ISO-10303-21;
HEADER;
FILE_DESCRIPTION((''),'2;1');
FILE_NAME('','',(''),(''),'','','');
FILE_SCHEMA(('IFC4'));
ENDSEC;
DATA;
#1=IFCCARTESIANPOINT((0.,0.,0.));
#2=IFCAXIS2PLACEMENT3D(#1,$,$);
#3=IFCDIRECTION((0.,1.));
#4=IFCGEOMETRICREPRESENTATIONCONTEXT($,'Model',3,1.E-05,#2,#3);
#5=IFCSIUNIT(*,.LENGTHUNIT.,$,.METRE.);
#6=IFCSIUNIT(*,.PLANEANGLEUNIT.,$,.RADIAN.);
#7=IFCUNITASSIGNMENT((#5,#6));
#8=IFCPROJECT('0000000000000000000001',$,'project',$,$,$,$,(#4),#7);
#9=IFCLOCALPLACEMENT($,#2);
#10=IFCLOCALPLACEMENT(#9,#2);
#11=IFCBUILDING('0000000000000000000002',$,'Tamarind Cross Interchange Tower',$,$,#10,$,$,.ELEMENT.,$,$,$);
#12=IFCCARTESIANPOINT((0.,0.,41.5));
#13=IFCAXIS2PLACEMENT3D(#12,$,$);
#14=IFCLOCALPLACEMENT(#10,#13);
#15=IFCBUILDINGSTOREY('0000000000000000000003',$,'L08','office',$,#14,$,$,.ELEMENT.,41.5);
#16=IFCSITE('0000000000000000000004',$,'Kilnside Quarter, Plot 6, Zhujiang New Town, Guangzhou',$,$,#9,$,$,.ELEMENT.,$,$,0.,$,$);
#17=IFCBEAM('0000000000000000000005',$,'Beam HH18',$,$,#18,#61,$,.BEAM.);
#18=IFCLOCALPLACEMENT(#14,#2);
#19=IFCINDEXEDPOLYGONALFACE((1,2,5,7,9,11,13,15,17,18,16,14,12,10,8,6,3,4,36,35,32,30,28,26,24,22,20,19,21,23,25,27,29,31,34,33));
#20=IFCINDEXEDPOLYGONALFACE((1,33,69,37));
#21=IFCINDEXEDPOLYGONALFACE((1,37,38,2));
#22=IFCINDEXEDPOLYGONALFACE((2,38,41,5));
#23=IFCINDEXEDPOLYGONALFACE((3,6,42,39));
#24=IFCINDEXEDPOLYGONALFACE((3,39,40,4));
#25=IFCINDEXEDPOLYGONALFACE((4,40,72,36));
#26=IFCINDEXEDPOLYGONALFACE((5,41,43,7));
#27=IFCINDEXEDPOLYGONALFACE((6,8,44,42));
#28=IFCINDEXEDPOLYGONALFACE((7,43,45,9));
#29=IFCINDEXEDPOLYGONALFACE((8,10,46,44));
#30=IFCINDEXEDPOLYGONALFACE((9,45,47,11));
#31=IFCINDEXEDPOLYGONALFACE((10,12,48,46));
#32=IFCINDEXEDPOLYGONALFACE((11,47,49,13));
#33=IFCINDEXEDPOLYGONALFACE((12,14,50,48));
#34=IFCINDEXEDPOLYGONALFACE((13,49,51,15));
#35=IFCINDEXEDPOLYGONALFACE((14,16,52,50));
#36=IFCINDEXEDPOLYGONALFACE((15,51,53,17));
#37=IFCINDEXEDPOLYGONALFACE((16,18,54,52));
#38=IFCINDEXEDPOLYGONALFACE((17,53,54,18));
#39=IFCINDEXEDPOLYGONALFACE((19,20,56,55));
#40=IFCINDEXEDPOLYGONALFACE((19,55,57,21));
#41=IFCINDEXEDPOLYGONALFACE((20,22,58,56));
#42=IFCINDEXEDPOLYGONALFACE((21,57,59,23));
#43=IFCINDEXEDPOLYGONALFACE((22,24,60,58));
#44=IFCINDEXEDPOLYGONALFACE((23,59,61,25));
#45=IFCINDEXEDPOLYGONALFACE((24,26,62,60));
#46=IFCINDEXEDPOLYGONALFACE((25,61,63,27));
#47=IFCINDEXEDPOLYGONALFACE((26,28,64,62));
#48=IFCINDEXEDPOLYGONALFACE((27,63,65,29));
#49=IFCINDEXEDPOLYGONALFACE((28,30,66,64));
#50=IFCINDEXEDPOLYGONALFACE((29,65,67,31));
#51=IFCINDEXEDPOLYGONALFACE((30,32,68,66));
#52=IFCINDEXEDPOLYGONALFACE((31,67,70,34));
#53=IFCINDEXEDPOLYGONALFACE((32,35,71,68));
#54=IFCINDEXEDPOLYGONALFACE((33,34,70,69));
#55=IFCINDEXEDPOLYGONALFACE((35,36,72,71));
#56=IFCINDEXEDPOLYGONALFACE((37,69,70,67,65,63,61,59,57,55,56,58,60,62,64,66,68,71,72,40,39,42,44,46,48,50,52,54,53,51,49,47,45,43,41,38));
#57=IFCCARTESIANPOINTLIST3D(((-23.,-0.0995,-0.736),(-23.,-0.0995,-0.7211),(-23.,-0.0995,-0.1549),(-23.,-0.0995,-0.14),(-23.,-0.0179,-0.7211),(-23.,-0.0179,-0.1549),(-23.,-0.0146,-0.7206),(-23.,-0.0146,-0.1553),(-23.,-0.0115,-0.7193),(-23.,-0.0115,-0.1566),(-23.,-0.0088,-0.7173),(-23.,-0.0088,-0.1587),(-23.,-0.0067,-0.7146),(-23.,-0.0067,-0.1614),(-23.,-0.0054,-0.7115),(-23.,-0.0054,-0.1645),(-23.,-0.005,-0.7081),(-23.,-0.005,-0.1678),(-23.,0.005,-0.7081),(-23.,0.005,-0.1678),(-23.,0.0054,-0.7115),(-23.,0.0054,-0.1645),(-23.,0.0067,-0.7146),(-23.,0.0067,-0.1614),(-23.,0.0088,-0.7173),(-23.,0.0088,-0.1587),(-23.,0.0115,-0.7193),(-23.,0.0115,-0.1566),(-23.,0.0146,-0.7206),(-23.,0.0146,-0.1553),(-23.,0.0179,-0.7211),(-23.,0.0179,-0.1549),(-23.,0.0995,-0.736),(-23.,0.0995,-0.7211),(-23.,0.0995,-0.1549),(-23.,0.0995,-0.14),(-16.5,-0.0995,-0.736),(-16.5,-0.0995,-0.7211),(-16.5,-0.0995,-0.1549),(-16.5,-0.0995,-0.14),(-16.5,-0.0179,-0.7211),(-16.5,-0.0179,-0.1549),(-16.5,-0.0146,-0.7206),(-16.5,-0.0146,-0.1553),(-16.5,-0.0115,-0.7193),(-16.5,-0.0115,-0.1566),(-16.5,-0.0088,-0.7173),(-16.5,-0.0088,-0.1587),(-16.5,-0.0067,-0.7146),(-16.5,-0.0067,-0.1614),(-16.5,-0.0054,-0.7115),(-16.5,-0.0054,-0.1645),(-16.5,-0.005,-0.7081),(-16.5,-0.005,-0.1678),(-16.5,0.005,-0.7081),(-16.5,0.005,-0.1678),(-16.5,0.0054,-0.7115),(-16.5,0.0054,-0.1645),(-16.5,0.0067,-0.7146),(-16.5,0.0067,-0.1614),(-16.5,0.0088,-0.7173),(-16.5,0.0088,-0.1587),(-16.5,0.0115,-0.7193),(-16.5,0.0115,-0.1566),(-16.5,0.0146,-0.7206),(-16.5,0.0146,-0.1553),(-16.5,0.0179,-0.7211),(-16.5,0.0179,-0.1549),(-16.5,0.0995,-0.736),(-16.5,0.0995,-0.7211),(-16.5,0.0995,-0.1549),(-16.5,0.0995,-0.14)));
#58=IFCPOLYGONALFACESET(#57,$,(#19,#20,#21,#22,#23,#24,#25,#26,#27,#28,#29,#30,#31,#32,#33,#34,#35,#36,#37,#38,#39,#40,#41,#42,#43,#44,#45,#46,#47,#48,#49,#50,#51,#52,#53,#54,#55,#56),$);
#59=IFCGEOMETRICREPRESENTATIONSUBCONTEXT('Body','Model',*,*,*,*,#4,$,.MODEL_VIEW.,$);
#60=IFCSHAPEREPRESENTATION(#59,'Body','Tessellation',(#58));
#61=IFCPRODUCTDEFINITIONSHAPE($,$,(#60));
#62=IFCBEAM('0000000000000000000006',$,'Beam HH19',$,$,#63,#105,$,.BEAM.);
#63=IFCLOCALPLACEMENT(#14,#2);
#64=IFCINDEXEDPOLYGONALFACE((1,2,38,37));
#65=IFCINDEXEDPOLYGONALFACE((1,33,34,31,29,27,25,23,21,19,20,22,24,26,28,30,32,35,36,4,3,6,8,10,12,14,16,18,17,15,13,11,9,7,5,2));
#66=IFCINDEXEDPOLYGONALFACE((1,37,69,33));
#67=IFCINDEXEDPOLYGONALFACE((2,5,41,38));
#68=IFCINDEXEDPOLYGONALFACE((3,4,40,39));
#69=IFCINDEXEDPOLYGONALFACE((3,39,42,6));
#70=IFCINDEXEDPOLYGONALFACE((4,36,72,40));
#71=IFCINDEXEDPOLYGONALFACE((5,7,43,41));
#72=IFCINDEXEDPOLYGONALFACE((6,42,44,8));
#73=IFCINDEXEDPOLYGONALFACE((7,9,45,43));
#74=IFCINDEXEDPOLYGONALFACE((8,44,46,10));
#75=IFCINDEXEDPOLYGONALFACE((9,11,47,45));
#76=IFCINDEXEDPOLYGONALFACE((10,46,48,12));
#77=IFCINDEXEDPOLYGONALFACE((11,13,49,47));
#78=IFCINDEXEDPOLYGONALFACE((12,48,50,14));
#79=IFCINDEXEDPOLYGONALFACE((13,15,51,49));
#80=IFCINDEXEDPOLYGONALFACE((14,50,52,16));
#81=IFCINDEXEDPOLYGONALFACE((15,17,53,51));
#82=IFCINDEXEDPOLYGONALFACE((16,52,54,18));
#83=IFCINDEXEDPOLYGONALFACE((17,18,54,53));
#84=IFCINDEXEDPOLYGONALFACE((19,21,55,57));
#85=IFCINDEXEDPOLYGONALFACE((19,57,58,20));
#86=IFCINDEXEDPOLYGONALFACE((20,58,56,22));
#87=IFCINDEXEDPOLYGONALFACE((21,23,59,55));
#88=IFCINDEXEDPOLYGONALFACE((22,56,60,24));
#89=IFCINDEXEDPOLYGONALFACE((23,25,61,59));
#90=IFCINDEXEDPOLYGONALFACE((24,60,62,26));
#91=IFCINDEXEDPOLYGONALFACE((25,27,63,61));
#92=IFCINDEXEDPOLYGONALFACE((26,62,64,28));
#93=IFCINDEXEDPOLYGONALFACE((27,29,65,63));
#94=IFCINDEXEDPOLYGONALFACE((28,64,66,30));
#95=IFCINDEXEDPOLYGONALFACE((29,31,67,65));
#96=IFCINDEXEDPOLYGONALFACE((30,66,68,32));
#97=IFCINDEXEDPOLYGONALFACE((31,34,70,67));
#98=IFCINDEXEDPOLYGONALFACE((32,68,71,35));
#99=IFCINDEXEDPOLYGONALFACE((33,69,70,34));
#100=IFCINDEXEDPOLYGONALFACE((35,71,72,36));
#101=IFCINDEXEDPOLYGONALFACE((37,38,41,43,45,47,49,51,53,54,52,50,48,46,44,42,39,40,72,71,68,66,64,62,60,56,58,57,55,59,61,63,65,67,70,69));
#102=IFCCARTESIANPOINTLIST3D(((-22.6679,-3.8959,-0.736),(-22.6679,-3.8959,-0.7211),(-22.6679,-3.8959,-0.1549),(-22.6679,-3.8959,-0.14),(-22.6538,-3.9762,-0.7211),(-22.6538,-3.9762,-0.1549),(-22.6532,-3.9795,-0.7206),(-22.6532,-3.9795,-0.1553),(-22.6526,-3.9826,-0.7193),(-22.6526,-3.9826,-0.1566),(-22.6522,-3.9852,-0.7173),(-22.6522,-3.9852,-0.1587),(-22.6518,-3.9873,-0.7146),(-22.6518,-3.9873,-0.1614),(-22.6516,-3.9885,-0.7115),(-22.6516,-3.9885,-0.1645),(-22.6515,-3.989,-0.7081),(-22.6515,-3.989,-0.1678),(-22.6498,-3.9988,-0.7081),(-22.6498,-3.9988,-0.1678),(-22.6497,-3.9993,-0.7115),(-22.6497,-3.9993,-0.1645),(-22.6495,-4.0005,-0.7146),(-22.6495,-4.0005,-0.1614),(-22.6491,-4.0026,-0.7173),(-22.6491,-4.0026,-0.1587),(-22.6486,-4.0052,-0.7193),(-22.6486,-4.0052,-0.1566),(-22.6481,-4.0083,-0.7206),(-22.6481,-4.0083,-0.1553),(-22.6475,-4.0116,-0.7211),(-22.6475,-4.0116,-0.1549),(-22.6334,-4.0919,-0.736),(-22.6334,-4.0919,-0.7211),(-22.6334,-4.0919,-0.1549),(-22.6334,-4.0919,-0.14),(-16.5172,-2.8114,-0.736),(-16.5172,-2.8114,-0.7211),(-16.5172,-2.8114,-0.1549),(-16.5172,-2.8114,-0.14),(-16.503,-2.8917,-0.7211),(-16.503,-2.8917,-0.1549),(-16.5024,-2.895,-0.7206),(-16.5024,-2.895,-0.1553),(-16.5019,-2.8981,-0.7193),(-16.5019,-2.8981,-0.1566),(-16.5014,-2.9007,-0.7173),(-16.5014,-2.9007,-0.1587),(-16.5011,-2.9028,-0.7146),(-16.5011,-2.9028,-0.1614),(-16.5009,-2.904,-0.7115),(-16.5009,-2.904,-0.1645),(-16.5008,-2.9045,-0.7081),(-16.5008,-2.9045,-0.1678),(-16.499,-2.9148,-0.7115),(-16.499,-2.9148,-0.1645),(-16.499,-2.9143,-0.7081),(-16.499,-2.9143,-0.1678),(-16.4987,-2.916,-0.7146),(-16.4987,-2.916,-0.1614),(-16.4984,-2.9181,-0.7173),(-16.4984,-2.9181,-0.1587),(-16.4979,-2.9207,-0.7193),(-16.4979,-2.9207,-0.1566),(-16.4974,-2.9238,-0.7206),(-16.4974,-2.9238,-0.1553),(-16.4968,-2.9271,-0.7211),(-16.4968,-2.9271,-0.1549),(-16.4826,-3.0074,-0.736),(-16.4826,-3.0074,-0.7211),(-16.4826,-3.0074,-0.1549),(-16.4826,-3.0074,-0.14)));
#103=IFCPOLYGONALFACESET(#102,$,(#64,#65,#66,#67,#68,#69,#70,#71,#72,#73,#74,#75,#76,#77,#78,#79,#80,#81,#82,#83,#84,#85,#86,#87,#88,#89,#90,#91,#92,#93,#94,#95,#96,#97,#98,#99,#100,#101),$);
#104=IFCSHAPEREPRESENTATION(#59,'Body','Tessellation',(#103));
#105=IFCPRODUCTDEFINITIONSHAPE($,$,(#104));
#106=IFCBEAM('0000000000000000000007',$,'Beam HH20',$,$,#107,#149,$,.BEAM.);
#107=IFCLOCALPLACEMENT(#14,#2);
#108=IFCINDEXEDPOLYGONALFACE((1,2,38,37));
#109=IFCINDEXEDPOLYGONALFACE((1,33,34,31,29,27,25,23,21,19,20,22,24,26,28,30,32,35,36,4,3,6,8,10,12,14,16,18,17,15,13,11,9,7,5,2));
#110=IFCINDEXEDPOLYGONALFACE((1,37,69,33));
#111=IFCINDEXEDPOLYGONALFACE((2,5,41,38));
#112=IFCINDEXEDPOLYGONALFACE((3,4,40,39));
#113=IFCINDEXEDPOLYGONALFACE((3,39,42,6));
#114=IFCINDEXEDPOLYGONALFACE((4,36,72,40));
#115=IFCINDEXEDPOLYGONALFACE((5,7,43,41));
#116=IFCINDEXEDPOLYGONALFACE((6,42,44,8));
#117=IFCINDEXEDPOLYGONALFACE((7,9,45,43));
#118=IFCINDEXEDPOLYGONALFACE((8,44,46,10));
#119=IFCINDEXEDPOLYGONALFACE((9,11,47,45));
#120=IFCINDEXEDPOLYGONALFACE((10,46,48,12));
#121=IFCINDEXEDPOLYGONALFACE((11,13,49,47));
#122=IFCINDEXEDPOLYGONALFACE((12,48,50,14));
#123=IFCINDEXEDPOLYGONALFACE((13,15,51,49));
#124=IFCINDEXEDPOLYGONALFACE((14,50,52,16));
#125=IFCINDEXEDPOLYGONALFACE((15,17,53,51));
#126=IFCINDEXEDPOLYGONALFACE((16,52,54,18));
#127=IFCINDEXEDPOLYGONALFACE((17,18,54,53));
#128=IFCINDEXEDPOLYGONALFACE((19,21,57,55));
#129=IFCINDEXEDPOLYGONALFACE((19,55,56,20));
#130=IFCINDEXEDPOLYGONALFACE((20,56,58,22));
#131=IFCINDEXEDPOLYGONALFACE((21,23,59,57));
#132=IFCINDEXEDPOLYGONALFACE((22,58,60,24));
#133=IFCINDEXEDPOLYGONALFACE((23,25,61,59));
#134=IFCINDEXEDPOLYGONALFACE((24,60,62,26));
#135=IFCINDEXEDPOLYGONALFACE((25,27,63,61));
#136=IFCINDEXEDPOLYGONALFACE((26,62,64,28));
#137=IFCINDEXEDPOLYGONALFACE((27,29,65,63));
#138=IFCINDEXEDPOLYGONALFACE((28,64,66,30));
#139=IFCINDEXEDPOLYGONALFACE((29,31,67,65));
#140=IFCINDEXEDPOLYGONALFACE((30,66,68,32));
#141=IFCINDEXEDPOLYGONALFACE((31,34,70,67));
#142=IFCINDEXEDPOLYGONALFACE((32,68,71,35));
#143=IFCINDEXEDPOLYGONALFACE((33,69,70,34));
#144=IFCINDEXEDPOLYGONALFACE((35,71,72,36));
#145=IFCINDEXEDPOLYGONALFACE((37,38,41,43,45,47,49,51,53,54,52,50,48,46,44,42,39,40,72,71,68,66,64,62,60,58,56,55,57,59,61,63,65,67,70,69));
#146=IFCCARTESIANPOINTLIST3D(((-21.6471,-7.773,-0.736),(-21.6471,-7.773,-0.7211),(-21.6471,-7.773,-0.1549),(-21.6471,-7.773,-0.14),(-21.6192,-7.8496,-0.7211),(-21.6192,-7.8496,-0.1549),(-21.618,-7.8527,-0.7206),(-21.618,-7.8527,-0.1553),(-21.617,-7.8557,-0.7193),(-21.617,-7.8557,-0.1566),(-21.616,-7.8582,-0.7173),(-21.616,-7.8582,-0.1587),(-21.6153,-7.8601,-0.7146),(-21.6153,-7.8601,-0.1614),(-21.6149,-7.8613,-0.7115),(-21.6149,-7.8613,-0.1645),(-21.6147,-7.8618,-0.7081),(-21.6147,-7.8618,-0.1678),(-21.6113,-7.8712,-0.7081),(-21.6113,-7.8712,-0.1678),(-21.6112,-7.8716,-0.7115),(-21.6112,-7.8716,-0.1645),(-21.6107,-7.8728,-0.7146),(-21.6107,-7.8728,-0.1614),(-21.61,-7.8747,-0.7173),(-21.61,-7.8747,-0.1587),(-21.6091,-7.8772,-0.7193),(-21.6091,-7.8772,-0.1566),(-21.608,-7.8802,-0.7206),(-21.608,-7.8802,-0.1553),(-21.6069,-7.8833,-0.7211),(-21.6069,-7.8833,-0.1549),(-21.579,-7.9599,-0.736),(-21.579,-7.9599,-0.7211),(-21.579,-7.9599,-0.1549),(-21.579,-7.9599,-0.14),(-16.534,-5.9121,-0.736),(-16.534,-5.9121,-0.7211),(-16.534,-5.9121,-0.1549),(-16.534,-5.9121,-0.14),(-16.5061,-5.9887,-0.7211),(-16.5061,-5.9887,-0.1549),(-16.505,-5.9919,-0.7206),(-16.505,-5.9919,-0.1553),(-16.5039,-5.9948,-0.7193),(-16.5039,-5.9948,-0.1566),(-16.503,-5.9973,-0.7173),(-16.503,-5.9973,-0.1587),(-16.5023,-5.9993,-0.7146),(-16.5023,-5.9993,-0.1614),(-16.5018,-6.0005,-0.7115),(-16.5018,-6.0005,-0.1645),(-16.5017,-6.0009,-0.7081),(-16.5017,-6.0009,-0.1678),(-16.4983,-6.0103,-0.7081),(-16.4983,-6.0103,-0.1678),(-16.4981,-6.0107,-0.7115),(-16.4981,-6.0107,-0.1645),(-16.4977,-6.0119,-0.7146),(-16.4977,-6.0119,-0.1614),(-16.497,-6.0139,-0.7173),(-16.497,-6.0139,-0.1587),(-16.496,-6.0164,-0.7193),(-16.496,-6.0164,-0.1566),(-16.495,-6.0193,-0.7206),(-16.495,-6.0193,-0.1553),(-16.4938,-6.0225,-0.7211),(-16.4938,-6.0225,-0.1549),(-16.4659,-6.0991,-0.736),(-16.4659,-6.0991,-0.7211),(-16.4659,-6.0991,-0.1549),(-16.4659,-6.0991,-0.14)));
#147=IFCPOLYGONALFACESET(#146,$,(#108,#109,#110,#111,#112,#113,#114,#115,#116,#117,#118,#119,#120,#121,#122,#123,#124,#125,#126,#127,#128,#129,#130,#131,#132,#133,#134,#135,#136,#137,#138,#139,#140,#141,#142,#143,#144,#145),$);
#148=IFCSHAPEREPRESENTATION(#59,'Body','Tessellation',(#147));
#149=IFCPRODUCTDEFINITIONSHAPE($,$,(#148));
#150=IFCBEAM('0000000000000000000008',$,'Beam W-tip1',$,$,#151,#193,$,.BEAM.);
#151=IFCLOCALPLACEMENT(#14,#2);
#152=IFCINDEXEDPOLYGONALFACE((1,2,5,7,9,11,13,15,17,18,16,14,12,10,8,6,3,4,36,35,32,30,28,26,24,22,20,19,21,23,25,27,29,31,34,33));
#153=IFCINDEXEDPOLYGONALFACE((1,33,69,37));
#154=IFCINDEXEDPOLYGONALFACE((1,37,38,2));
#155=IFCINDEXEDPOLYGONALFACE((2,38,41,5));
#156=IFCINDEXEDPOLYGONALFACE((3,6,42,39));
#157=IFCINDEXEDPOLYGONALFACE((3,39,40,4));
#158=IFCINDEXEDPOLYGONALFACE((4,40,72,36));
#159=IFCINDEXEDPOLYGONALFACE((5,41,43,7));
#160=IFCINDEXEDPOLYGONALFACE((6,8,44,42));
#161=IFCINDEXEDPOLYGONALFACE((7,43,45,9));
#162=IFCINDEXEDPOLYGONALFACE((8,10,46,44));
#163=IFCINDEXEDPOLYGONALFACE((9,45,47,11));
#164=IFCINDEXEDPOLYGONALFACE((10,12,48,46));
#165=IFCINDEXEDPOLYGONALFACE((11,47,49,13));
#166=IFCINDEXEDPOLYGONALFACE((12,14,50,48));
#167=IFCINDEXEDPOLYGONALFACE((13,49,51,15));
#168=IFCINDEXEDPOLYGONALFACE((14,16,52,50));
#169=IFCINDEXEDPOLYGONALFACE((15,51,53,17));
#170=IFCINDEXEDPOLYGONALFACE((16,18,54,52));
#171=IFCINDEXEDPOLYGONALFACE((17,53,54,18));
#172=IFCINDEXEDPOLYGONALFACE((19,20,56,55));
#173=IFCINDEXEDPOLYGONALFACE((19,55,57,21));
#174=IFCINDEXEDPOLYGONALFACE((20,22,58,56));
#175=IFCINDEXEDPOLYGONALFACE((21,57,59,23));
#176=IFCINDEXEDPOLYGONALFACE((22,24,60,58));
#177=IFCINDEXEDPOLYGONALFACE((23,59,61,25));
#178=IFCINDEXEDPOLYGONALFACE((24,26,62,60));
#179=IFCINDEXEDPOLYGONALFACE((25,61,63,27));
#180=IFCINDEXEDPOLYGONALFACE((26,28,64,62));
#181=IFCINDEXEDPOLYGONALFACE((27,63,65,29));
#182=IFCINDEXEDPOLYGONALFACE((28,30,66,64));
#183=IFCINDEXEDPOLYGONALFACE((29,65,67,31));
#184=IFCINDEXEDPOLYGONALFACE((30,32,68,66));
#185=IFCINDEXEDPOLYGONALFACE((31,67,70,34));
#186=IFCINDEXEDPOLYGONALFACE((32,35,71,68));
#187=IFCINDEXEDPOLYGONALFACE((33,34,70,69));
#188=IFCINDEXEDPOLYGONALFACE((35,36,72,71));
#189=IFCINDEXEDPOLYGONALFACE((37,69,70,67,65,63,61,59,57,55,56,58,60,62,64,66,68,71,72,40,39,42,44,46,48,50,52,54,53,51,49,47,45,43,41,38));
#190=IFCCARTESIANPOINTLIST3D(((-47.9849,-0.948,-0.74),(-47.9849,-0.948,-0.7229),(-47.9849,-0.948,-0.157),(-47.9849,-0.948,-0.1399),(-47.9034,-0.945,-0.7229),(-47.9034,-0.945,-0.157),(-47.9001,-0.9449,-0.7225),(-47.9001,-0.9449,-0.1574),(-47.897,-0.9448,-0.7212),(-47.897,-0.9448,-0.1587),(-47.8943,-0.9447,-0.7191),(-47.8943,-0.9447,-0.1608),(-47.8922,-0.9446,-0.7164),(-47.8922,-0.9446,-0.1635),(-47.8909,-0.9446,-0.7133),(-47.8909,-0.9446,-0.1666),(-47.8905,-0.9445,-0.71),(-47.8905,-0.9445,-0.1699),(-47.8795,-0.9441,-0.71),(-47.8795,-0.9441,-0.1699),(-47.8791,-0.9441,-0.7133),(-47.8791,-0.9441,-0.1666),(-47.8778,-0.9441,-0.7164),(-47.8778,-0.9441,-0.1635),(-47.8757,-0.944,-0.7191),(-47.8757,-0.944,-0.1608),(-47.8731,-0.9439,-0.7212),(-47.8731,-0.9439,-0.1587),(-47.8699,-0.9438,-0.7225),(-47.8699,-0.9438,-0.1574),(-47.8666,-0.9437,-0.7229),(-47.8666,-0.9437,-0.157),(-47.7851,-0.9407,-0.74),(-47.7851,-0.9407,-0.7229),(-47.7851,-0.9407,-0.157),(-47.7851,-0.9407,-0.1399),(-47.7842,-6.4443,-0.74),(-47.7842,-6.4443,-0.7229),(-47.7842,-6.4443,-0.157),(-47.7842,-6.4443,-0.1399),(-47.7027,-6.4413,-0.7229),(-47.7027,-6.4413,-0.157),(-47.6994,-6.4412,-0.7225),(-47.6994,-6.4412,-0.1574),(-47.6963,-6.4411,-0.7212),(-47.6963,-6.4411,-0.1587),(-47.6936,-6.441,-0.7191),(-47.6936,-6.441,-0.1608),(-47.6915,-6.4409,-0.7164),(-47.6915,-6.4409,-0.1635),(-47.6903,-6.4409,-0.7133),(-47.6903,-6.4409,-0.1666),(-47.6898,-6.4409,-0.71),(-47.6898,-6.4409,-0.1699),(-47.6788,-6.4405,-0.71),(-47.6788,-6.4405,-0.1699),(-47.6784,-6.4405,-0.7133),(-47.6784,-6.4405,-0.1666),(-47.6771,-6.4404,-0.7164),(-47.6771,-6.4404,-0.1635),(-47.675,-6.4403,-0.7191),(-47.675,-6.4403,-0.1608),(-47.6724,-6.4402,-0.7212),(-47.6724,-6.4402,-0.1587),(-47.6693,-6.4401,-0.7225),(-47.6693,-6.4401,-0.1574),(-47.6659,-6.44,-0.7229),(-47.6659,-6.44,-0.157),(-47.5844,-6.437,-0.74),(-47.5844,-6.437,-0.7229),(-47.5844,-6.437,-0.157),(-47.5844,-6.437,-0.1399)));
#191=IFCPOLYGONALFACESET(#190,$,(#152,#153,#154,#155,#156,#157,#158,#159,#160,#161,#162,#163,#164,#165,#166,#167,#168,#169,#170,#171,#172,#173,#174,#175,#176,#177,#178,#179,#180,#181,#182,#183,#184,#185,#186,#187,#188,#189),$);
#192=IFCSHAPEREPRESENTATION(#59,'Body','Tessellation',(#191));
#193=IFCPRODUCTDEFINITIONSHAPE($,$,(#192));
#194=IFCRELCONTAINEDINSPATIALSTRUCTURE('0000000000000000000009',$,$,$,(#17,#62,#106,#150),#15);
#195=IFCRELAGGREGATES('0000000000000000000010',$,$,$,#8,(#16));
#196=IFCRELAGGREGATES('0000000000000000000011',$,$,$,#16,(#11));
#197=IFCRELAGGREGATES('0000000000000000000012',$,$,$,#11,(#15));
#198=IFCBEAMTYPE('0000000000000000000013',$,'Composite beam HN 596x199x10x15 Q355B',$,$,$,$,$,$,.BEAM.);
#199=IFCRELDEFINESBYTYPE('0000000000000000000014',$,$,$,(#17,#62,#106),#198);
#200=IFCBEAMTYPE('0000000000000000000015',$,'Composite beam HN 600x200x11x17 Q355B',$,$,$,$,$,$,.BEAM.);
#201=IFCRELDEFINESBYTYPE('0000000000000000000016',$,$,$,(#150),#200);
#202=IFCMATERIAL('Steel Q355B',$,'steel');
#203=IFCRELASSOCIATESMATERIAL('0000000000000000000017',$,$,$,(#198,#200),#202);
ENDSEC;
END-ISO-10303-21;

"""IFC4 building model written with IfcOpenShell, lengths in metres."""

from ifc_helpers import new_model, si_unit, direction, frame, origin, origin_2d, place, context, subcontext, project, spatial, i_section, extrude, material, material_profile, profile_set, type_object, element, save


model = new_model("IFC4")

# Units and contexts
model_context = context("Model", 3, precision=1e-05, world=origin(), true_north=direction((0.0, 1.0)))
body_context = subcontext(model_context, "Body", "Model", "MODEL_VIEW")
ifc_project = project(units=[si_unit("LENGTHUNIT", "METRE"), si_unit("PLANEANGLEUNIT", "RADIAN")], contexts=[model_context])

# Site, building, storey
site_placement = place(None, origin())
site = spatial("IfcSite", under=ifc_project, at=site_placement, Name="Kilnside Quarter, Plot 6, Zhujiang New Town, Guangzhou", CompositionType="ELEMENT", RefElevation=0.0)
building_placement = place(site_placement, origin())
building = spatial("IfcBuilding", under=site, at=building_placement, Name="Tamarind Cross Interchange Tower", CompositionType="ELEMENT")
storey_placement = place(building_placement, frame((0.0, 0.0, 41.5)))
storey = spatial("IfcBuildingStorey", under=building, at=storey_placement, Name="L08", Description="office", CompositionType="ELEMENT", Elevation=41.5)

# Beams
ifc_material_1 = material(Name="Steel Q355B", Category="steel")
ifc_material_profile_1 = material_profile(ifc_material_1, i_section(OverallWidth=0.199, OverallDepth=0.5959, WebThickness=0.01, FlangeThickness=0.0149, FilletRadius=0.0129, at=origin_2d()), Name="HN 596x199x10x15")
ifc_profile_set_1 = profile_set([ifc_material_profile_1], Name="Steel Q355B")
beam_type_1 = type_object("IfcBeamType", Name="Composite beam HN 596x199x10x15 Q355B", PredefinedType="BEAM", material=ifc_profile_set_1)
beam_1_placement = place(storey_placement, frame((-23.0, 0.0, -0.438), z_axis=(1.0, 0.0, 0.0), x_axis=(0.0, 1.0, 0.0)))
element("IfcBeam", 1, at=beam_1_placement, inside=storey, type_object=beam_type_1, Name="Beam HH18", PredefinedType="BEAM", context=body_context, shape_type="SweptSolid", body=[
    extrude(i_section(OverallWidth=0.199, OverallDepth=0.5959, WebThickness=0.01, FlangeThickness=0.0149, FilletRadius=0.0129, at=origin_2d()), origin(), (0.0, 0.0, 1.0), 6.5),
])
beam_2_placement = place(storey_placement, frame((-22.6506, -3.9939, -0.438), z_axis=(0.984809, 0.17364, 0.0), x_axis=(-0.17364, 0.984809, 0.0)))
element("IfcBeam", 2, at=beam_2_placement, inside=storey, type_object=beam_type_1, Name="Beam HH19", PredefinedType="BEAM", context=body_context, shape_type="SweptSolid", body=[
    extrude(i_section(OverallWidth=0.199, OverallDepth=0.5959, WebThickness=0.01, FlangeThickness=0.0149, FilletRadius=0.0129, at=origin_2d()), origin(), (0.0, 0.0, 1.0), 6.2456),
])
beam_3_placement = place(storey_placement, frame((-21.613, -7.8665, -0.438), z_axis=(0.939702, 0.341995, 0.0), x_axis=(-0.341995, 0.939702, 0.0)))
element("IfcBeam", 3, at=beam_3_placement, inside=storey, type_object=beam_type_1, Name="Beam HH20", PredefinedType="BEAM", context=body_context, shape_type="SweptSolid", body=[
    extrude(i_section(OverallWidth=0.199, OverallDepth=0.5959, WebThickness=0.01, FlangeThickness=0.0149, FilletRadius=0.0129, at=origin_2d()), origin(), (0.0, 0.0, 1.0), 5.4412),
])
ifc_material_profile_2 = material_profile(ifc_material_1, i_section(OverallWidth=0.2, OverallDepth=0.6001, WebThickness=0.011, FlangeThickness=0.0171, FilletRadius=0.0129, at=origin_2d()), Name="HN 600x200x11x17")
ifc_profile_set_2 = profile_set([ifc_material_profile_2], Name="Steel Q355B")
beam_type_2 = type_object("IfcBeamType", Name="Composite beam HN 600x200x11x17 Q355B", PredefinedType="BEAM", material=ifc_profile_set_2)
beam_4_placement = place(storey_placement, frame((-47.885, -0.9443, -0.4399), z_axis=(0.036488, -0.999334, 0.0), x_axis=(0.999334, 0.036488, 0.0)))
element("IfcBeam", 4, at=beam_4_placement, inside=storey, type_object=beam_type_2, Name="Beam W-tip1", PredefinedType="BEAM", context=body_context, shape_type="SweptSolid", body=[
    extrude(i_section(OverallWidth=0.2, OverallDepth=0.6001, WebThickness=0.011, FlangeThickness=0.0171, FilletRadius=0.0129, at=origin_2d()), origin(), (0.0, 0.0, 1.0), 5.5),
])

save(model, "model.ifc")
